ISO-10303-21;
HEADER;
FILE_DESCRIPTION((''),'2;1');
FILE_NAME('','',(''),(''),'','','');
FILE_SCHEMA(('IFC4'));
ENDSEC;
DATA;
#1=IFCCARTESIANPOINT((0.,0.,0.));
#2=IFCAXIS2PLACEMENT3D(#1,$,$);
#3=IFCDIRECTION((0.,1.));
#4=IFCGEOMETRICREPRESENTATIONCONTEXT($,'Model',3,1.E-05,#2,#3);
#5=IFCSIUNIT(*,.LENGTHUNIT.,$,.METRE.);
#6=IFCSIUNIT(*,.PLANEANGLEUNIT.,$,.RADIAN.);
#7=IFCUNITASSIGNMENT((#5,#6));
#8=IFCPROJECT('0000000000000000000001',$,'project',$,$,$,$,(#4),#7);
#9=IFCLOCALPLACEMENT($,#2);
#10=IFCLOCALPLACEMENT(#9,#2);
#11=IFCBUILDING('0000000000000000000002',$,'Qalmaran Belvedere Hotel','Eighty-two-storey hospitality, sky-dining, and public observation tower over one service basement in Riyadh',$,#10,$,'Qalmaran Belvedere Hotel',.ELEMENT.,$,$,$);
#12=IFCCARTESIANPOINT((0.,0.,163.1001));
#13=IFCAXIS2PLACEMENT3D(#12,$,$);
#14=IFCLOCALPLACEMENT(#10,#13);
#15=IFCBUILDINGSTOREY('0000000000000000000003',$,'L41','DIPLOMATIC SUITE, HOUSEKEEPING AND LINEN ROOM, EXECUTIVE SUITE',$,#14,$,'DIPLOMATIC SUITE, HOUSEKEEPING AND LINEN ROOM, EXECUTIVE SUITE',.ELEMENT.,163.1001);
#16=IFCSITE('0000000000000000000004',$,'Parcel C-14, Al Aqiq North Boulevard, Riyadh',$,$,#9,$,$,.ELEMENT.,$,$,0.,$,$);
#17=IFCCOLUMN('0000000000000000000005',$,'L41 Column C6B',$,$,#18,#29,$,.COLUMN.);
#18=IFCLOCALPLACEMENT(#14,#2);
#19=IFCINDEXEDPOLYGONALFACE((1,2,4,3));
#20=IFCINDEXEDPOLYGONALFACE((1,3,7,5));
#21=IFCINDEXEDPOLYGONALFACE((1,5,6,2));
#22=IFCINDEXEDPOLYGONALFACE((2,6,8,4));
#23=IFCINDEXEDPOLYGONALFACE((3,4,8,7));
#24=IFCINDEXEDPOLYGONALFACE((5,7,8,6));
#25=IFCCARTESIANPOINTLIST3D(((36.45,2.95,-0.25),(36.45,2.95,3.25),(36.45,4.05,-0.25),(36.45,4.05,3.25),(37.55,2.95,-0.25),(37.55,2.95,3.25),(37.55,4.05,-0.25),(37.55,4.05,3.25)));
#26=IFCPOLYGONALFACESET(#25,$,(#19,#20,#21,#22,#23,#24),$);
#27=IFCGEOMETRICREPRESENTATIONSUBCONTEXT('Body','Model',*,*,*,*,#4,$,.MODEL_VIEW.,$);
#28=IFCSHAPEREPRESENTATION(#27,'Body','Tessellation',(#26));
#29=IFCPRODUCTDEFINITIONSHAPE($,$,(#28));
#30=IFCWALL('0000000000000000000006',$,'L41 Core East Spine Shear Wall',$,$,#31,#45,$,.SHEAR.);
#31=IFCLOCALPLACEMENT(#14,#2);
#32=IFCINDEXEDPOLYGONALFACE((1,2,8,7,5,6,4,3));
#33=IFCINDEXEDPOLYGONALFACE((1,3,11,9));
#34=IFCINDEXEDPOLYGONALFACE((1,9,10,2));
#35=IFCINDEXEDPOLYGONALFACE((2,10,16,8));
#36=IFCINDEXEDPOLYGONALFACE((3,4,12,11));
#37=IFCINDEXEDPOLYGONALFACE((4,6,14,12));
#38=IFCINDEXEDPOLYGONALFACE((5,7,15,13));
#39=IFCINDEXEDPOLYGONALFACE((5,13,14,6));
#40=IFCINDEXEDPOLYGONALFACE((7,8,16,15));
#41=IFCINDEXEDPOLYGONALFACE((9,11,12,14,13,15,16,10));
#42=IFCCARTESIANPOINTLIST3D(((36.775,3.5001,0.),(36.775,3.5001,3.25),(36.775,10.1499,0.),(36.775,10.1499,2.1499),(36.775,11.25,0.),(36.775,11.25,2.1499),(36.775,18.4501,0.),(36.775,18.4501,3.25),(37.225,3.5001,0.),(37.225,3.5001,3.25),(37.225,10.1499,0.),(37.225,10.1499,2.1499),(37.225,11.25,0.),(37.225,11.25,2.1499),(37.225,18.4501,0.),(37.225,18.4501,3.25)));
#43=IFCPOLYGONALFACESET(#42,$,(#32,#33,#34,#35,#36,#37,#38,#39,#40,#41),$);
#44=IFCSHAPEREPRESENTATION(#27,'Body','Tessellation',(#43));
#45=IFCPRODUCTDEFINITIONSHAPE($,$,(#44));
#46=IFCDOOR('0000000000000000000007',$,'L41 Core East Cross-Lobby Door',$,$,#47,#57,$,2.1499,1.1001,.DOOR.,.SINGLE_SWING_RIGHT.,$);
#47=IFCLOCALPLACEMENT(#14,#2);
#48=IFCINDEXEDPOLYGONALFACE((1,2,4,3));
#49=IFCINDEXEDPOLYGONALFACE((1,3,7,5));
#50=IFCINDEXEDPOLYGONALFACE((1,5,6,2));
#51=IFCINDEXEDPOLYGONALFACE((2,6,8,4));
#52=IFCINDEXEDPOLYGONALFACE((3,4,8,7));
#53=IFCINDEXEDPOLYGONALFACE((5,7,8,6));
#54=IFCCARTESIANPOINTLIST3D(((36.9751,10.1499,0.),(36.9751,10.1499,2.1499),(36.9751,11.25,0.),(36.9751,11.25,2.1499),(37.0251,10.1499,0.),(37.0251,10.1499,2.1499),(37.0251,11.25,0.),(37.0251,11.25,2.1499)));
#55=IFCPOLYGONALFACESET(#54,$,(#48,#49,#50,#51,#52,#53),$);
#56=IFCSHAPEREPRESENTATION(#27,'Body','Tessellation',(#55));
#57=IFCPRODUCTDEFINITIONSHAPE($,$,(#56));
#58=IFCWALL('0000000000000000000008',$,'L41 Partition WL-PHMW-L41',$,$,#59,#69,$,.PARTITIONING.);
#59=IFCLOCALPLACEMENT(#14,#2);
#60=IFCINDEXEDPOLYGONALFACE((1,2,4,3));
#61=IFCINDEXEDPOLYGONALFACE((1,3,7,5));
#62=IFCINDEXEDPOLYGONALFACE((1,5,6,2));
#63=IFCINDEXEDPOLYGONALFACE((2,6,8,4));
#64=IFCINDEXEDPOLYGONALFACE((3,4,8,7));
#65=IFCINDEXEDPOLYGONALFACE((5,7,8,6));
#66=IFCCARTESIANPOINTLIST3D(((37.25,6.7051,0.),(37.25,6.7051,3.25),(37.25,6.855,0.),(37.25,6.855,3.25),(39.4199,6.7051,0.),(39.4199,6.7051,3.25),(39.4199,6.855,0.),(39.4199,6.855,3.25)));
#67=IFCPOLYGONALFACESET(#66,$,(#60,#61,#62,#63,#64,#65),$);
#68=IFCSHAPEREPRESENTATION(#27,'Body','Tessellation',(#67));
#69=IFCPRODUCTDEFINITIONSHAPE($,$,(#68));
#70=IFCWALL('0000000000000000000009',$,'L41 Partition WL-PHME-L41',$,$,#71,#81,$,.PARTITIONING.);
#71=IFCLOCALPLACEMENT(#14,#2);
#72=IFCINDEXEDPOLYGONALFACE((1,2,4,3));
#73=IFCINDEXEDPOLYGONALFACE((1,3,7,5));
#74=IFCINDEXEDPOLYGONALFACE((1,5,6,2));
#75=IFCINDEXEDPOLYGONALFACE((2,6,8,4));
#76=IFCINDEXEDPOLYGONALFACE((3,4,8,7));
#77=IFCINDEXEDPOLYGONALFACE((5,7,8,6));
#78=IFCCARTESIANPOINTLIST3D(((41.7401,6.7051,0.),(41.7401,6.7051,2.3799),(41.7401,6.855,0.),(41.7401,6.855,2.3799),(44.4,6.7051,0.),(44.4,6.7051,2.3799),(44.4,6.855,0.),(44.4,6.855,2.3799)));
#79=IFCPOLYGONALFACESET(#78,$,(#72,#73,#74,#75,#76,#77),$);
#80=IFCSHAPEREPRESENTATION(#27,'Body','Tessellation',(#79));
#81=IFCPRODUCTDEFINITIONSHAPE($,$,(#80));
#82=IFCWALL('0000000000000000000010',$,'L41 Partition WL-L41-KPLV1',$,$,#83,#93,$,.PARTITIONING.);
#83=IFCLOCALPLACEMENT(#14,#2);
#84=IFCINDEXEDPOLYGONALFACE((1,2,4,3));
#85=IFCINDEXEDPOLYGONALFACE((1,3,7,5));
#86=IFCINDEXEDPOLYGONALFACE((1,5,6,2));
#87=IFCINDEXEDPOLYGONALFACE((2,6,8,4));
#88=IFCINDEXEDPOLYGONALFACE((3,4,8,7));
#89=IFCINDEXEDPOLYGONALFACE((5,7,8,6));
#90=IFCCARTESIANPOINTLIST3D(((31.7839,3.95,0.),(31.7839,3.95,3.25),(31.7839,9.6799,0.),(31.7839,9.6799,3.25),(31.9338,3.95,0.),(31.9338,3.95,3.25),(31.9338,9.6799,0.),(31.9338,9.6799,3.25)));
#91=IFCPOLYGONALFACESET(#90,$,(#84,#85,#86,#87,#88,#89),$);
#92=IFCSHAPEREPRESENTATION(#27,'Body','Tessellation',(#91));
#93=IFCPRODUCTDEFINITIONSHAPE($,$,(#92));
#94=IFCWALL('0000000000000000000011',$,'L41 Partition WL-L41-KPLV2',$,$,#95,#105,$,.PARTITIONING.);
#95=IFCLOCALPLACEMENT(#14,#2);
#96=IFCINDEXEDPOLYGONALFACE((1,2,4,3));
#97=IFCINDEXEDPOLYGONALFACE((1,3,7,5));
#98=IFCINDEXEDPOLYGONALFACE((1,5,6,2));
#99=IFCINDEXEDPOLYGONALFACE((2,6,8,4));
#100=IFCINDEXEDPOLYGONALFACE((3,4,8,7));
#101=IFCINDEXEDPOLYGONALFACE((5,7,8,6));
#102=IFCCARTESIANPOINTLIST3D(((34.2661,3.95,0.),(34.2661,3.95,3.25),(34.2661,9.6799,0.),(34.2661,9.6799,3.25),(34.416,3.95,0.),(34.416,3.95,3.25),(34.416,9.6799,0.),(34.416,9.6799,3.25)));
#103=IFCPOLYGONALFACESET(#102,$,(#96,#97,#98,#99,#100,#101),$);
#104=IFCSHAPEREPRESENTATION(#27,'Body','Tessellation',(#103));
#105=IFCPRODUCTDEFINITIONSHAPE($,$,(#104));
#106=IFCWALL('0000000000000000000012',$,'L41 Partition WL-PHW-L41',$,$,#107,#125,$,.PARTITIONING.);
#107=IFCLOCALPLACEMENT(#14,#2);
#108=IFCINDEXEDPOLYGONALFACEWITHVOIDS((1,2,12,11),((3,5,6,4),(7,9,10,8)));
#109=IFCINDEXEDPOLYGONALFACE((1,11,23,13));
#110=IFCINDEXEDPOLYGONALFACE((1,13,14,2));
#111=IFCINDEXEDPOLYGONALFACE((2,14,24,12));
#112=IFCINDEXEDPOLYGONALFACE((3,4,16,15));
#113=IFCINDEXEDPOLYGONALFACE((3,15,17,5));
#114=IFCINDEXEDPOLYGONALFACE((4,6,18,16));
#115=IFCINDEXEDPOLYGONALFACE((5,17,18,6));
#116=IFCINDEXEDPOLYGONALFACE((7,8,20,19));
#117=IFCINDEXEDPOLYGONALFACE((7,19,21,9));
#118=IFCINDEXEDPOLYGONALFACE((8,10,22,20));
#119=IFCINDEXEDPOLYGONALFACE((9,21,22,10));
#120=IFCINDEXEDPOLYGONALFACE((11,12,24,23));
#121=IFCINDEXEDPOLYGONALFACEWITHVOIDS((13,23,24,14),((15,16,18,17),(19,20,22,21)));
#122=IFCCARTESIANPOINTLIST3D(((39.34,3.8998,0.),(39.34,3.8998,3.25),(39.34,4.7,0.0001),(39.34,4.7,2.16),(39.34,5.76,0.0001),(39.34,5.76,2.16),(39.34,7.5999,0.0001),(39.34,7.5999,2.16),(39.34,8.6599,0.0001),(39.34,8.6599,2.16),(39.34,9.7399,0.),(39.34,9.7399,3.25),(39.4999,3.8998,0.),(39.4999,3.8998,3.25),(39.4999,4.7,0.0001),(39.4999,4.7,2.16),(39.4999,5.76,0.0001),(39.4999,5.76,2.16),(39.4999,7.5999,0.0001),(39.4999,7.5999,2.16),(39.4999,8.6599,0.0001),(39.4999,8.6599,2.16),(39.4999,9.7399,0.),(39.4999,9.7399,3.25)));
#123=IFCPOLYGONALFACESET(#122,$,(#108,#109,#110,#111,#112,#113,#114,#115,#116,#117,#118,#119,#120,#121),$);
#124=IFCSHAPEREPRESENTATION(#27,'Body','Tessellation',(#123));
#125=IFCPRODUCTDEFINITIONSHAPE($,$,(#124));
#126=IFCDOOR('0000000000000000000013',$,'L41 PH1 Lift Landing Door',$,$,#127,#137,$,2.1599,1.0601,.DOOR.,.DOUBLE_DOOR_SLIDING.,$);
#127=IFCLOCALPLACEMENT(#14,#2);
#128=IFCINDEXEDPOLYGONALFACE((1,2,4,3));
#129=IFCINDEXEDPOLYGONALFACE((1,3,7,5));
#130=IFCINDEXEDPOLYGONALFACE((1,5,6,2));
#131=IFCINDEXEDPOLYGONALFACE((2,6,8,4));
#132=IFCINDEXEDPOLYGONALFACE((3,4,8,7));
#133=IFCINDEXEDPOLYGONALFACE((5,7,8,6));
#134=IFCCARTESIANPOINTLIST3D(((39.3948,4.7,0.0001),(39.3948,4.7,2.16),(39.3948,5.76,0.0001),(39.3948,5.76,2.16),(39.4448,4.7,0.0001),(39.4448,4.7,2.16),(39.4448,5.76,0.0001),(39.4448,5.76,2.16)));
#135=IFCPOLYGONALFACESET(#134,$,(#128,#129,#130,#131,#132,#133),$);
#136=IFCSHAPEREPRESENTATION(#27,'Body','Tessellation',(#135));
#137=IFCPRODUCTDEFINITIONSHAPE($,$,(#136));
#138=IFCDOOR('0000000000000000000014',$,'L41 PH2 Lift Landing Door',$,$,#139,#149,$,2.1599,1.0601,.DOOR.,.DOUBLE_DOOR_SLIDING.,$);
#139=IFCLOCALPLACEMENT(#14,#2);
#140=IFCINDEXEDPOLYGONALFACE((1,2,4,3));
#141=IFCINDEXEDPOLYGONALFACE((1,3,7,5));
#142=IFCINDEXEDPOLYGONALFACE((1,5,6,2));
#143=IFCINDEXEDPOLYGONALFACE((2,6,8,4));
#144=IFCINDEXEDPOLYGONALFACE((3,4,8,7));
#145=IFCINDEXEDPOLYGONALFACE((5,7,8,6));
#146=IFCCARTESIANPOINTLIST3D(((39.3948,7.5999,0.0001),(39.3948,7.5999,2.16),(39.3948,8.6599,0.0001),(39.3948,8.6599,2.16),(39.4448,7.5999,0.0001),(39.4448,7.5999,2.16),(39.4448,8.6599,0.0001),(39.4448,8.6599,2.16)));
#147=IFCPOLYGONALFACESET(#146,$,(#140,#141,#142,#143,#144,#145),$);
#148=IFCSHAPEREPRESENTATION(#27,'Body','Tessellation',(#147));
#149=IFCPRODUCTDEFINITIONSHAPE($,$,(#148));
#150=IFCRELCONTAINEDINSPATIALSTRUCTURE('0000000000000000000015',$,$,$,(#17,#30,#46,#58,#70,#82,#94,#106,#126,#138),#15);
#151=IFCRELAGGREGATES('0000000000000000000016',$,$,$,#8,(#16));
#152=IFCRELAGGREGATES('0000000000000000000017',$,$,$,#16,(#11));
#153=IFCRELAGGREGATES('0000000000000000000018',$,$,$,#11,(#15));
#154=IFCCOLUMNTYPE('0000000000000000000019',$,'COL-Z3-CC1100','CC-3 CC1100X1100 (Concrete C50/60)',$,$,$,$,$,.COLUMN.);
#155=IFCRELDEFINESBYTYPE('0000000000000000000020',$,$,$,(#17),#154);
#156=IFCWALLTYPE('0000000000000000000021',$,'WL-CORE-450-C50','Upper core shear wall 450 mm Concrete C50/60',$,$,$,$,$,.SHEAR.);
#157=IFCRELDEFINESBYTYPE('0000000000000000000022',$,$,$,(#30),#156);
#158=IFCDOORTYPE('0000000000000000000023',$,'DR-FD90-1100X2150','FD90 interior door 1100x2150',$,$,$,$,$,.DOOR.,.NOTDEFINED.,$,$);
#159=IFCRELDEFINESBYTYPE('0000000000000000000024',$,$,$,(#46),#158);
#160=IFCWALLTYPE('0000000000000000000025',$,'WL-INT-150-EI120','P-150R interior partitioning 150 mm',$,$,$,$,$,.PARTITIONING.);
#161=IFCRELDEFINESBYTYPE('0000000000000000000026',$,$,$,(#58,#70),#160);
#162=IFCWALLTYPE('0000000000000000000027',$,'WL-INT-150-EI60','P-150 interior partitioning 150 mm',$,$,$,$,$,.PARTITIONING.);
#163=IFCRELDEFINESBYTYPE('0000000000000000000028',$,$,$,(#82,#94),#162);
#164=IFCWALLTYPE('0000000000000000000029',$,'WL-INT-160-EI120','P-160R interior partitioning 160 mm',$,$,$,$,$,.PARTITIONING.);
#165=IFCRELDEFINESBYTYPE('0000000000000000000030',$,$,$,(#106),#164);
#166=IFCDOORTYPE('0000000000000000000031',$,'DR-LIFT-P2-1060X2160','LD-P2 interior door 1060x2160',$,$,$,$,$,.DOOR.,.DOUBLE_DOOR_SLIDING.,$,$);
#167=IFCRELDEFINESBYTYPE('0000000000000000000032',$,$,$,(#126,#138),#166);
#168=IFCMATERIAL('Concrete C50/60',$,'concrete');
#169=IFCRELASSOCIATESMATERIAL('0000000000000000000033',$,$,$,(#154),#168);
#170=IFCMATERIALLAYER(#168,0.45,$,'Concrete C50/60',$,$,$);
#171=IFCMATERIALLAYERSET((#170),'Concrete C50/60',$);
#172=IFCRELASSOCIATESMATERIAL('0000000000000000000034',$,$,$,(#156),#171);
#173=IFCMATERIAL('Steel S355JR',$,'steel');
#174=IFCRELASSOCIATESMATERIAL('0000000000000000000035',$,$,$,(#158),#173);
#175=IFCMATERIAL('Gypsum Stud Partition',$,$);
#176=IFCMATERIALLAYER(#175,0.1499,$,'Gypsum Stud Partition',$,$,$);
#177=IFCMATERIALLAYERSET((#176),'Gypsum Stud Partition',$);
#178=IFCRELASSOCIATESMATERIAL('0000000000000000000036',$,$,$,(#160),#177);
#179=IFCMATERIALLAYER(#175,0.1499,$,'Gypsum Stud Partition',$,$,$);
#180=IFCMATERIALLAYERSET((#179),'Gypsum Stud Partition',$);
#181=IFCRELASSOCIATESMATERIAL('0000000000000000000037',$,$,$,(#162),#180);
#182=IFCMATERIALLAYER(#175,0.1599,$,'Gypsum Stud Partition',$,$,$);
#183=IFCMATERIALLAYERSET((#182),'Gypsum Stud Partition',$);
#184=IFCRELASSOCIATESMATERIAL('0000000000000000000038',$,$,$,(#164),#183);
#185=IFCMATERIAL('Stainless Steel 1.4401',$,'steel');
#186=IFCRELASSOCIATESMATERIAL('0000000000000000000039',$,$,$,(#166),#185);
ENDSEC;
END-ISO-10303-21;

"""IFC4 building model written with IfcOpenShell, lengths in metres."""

from ifc_helpers import new_model, si_unit, direction, frame, frame_2d, origin, origin_2d, place, context, subcontext, project, spatial, rectangle, extrude, material, layer, layer_set, material_profile, profile_set, type_object, element, fill, save


model = new_model("IFC4")

# Units and contexts
model_context = context("Model", 3, precision=1e-05, world=origin(), true_north=direction((0.0, 1.0)))
body_context = subcontext(model_context, "Body", "Model", "MODEL_VIEW")
ifc_project = project(units=[si_unit("LENGTHUNIT", "METRE"), si_unit("PLANEANGLEUNIT", "RADIAN")], contexts=[model_context])

# Site, building, storey
site_placement = place(None, origin())
site = spatial("IfcSite", under=ifc_project, at=site_placement, Name="Parcel C-14, Al Aqiq North Boulevard, Riyadh", CompositionType="ELEMENT", RefElevation=0.0)
building_placement = place(site_placement, origin())
building = spatial("IfcBuilding", under=site, at=building_placement, Name="Qalmaran Belvedere Hotel", Description="Eighty-two-storey hospitality, sky-dining, and public observation tower over one service basement in Riyadh", LongName="Qalmaran Belvedere Hotel", CompositionType="ELEMENT")
storey_placement = place(building_placement, frame((0.0, 0.0, 163.1001)))
storey = spatial("IfcBuildingStorey", under=building, at=storey_placement, Name="L41", Description="DIPLOMATIC SUITE, HOUSEKEEPING AND LINEN ROOM, EXECUTIVE SUITE", LongName="DIPLOMATIC SUITE, HOUSEKEEPING AND LINEN ROOM, EXECUTIVE SUITE", CompositionType="ELEMENT", Elevation=163.1001)

# Column
ifc_material_1 = material(Name="Concrete C50/60", Category="concrete")
ifc_material_profile = material_profile(ifc_material_1, rectangle(XDim=1.1001, YDim=1.1001, at=origin_2d()), Name="CC1100X1100")
ifc_profile_set = profile_set([ifc_material_profile], Name="Concrete C50/60")
column_type = type_object("IfcColumnType", Name="COL-Z3-CC1100", Description="CC-3 CC1100X1100 (Concrete C50/60)", PredefinedType="COLUMN", material=ifc_profile_set)
column_placement = place(storey_placement, frame((37.0, 3.5, -0.25), z_axis=(0.0, 0.0, 1.0), x_axis=(1.0, 0.0, 0.0)))
element("IfcColumn", 1, at=column_placement, inside=storey, type_object=column_type, Name="L41 Column C6B", PredefinedType="COLUMN", context=body_context, shape_type="SweptSolid", body=[
    extrude(rectangle(XDim=1.1001, YDim=1.1001, at=origin_2d()), origin(), (0.0, 0.0, 1.0), 3.5),
])

# Wall, opening, door
ifc_layer_1 = layer(ifc_material_1, 0.45, Name="Concrete C50/60")
ifc_layer_set_1 = layer_set([ifc_layer_1], Name="Concrete C50/60")
wall_type_1 = type_object("IfcWallType", Name="WL-CORE-450-C50", Description="Upper core shear wall 450 mm Concrete C50/60", PredefinedType="SHEAR", material=ifc_layer_set_1)
wall_1_placement = place(storey_placement, frame((37.0, 3.5, 0.0), z_axis=(0.0, 0.0, 1.0), x_axis=(0.0, 1.0, 0.0)))
wall_1 = element("IfcWall", 2, at=wall_1_placement, inside=storey, type_object=wall_type_1, Name="L41 Core East Spine Shear Wall", PredefinedType="SHEAR", context=body_context, shape_type="SweptSolid", body=[
    extrude(rectangle(XDim=14.95, YDim=0.45, at=frame_2d((7.4751, 0.0))), origin(), (0.0, 0.0, 1.0), 3.25),
])
opening_1_placement = place(wall_1_placement, frame((6.6499, 0.0, 0.0)))
opening_1 = element("IfcOpeningElement", 3, at=opening_1_placement, cuts=wall_1, PredefinedType="OPENING", context=body_context, shape_type="SweptSolid", body=[
    extrude(rectangle(XDim=1.1001, YDim=2.1499, at=frame_2d((0.55, 1.075))), frame((0.0, 0.2349, 0.0), z_axis=(0.0, -1.0, 0.0), x_axis=(1.0, 0.0, 0.0)), (0.0, 0.0, 1.0), 0.47),
])
ifc_material_2 = material(Name="Steel S355JR", Category="steel")
door_type_1 = type_object("IfcDoorType", Name="DR-FD90-1100X2150", Description="FD90 interior door 1100x2150", OperationType="NOTDEFINED", PredefinedType="DOOR", material=ifc_material_2)
door_1_placement = place(opening_1_placement, origin())
door_1 = element("IfcDoor", 4, at=door_1_placement, inside=storey, type_object=door_type_1, Name="L41 Core East Cross-Lobby Door", OperationType="SINGLE_SWING_RIGHT", OverallHeight=2.1499, OverallWidth=1.1001, PredefinedType="DOOR", context=body_context, shape_type="SweptSolid", body=[
    extrude(rectangle(XDim=1.1001, YDim=2.1499, at=frame_2d((0.55, 1.075))), frame((0.0, 0.0249, 0.0), z_axis=(0.0, -1.0, 0.0), x_axis=(1.0, 0.0, 0.0)), (0.0, 0.0, 1.0), 0.05),
])
fill(opening_1, door_1)

# Walls
ifc_material_3 = material(Name="Gypsum Stud Partition")
ifc_layer_2 = layer(ifc_material_3, 0.1499, Name="Gypsum Stud Partition")
ifc_layer_set_2 = layer_set([ifc_layer_2], Name="Gypsum Stud Partition")
wall_type_2 = type_object("IfcWallType", Name="WL-INT-150-EI120", Description="P-150R interior partitioning 150 mm", PredefinedType="PARTITIONING", material=ifc_layer_set_2)
wall_2_placement = place(storey_placement, frame((37.25, 6.78, 0.0), z_axis=(0.0, 0.0, 1.0), x_axis=(1.0, 0.0, 0.0)))
element("IfcWall", 5, at=wall_2_placement, inside=storey, type_object=wall_type_2, Name="L41 Partition WL-PHMW-L41", PredefinedType="PARTITIONING", context=body_context, shape_type="SweptSolid", body=[
    extrude(rectangle(XDim=2.1699, YDim=0.1499, at=frame_2d((1.085, 0.0))), origin(), (0.0, 0.0, 1.0), 3.25),
])
wall_3_placement = place(storey_placement, frame((41.74, 6.78, 0.0), z_axis=(0.0, 0.0, 1.0), x_axis=(1.0, 0.0, 0.0)))
element("IfcWall", 6, at=wall_3_placement, inside=storey, type_object=wall_type_2, Name="L41 Partition WL-PHME-L41", PredefinedType="PARTITIONING", context=body_context, shape_type="SweptSolid", body=[
    extrude(rectangle(XDim=2.6599, YDim=0.1499, at=frame_2d((1.3301, 0.0))), origin(), (0.0, 0.0, 1.0), 2.3799),
])
ifc_layer_3 = layer(ifc_material_3, 0.1499, Name="Gypsum Stud Partition")
ifc_layer_set_3 = layer_set([ifc_layer_3], Name="Gypsum Stud Partition")
wall_type_3 = type_object("IfcWallType", Name="WL-INT-150-EI60", Description="P-150 interior partitioning 150 mm", PredefinedType="PARTITIONING", material=ifc_layer_set_3)
for number, where, z_axis, x_axis, name in (
    (7, (31.8589, 3.95, 0.0), (0.0, 0.0, 1.0), (0.0, 1.0, 0.0), "L41 Partition WL-L41-KPLV1"),
    (8, (34.3411, 3.95, 0.0), (0.0, 0.0, 1.0), (0.0, 1.0, 0.0), "L41 Partition WL-L41-KPLV2"),
):
    element("IfcWall", number, at=place(storey_placement, frame(where, z_axis=z_axis, x_axis=x_axis)), inside=storey, type_object=wall_type_3, Name=name, PredefinedType="PARTITIONING", context=body_context, shape_type="SweptSolid", body=[
        extrude(rectangle(XDim=5.73, YDim=0.1499, at=frame_2d((2.865, 0.0))), origin(), (0.0, 0.0, 1.0), 3.25),
    ])

# Wall, openings, doors
ifc_layer_4 = layer(ifc_material_3, 0.1599, Name="Gypsum Stud Partition")
ifc_layer_set_4 = layer_set([ifc_layer_4], Name="Gypsum Stud Partition")
wall_type_4 = type_object("IfcWallType", Name="WL-INT-160-EI120", Description="P-160R interior partitioning 160 mm", PredefinedType="PARTITIONING", material=ifc_layer_set_4)
wall_4_placement = place(storey_placement, frame((39.4199, 3.8999, 0.0), z_axis=(0.0, 0.0, 1.0), x_axis=(0.0, 1.0, 0.0)))
wall_4 = element("IfcWall", 9, at=wall_4_placement, inside=storey, type_object=wall_type_4, Name="L41 Partition WL-PHW-L41", PredefinedType="PARTITIONING", context=body_context, shape_type="SweptSolid", body=[
    extrude(rectangle(XDim=5.8401, YDim=0.1599, at=frame_2d((2.9199, 0.0))), origin(), (0.0, 0.0, 1.0), 3.25),
])
opening_2_placement = place(wall_4_placement, frame((1.8601, 0.0, 0.0), z_axis=(0.0, 0.0, 1.0), x_axis=(-1.0, 0.0, 0.0)))
opening_2 = element("IfcOpeningElement", 10, at=opening_2_placement, cuts=wall_4, PredefinedType="OPENING", context=body_context, shape_type="SweptSolid", body=[
    extrude(rectangle(XDim=1.0601, YDim=2.1599, at=frame_2d((0.53, 1.0801))), frame((0.0, 0.0898, 0.0), z_axis=(0.0, -1.0, 0.0), x_axis=(1.0, 0.0, 0.0)), (0.0, 0.0, 1.0), 0.1799),
])
opening_3_placement = place(wall_4_placement, frame((4.76, 0.0, 0.0), z_axis=(0.0, 0.0, 1.0), x_axis=(-1.0, 0.0, 0.0)))
opening_3 = element("IfcOpeningElement", 11, at=opening_3_placement, cuts=wall_4, PredefinedType="OPENING", context=body_context, shape_type="SweptSolid", body=[
    extrude(rectangle(XDim=1.0601, YDim=2.1599, at=frame_2d((0.53, 1.0801))), frame((0.0, 0.0898, 0.0), z_axis=(0.0, -1.0, 0.0), x_axis=(1.0, 0.0, 0.0)), (0.0, 0.0, 1.0), 0.1799),
])
ifc_material_4 = material(Name="Stainless Steel 1.4401", Category="steel")
door_type_2 = type_object("IfcDoorType", Name="DR-LIFT-P2-1060X2160", Description="LD-P2 interior door 1060x2160", OperationType="DOUBLE_DOOR_SLIDING", PredefinedType="DOOR", material=ifc_material_4)
door_2_placement = place(opening_2_placement, origin())
door_2 = element("IfcDoor", 12, at=door_2_placement, inside=storey, type_object=door_type_2, Name="L41 PH1 Lift Landing Door", OperationType="DOUBLE_DOOR_SLIDING", OverallHeight=2.1599, OverallWidth=1.0601, PredefinedType="DOOR", context=body_context, shape_type="SweptSolid", body=[
    extrude(rectangle(XDim=1.0601, YDim=2.1599, at=frame_2d((0.53, 1.0801))), frame((0.0, 0.0249, 0.0), z_axis=(0.0, -1.0, 0.0), x_axis=(1.0, 0.0, 0.0)), (0.0, 0.0, 1.0), 0.05),
])
fill(opening_2, door_2)
door_3_placement = place(opening_3_placement, origin())
door_3 = element("IfcDoor", 13, at=door_3_placement, inside=storey, type_object=door_type_2, Name="L41 PH2 Lift Landing Door", OperationType="DOUBLE_DOOR_SLIDING", OverallHeight=2.1599, OverallWidth=1.0601, PredefinedType="DOOR", context=body_context, shape_type="SweptSolid", body=[
    extrude(rectangle(XDim=1.0601, YDim=2.1599, at=frame_2d((0.53, 1.0801))), frame((0.0, 0.0249, 0.0), z_axis=(0.0, -1.0, 0.0), x_axis=(1.0, 0.0, 0.0)), (0.0, 0.0, 1.0), 0.05),
])
fill(opening_3, door_3)

save(model, "model.ifc")
